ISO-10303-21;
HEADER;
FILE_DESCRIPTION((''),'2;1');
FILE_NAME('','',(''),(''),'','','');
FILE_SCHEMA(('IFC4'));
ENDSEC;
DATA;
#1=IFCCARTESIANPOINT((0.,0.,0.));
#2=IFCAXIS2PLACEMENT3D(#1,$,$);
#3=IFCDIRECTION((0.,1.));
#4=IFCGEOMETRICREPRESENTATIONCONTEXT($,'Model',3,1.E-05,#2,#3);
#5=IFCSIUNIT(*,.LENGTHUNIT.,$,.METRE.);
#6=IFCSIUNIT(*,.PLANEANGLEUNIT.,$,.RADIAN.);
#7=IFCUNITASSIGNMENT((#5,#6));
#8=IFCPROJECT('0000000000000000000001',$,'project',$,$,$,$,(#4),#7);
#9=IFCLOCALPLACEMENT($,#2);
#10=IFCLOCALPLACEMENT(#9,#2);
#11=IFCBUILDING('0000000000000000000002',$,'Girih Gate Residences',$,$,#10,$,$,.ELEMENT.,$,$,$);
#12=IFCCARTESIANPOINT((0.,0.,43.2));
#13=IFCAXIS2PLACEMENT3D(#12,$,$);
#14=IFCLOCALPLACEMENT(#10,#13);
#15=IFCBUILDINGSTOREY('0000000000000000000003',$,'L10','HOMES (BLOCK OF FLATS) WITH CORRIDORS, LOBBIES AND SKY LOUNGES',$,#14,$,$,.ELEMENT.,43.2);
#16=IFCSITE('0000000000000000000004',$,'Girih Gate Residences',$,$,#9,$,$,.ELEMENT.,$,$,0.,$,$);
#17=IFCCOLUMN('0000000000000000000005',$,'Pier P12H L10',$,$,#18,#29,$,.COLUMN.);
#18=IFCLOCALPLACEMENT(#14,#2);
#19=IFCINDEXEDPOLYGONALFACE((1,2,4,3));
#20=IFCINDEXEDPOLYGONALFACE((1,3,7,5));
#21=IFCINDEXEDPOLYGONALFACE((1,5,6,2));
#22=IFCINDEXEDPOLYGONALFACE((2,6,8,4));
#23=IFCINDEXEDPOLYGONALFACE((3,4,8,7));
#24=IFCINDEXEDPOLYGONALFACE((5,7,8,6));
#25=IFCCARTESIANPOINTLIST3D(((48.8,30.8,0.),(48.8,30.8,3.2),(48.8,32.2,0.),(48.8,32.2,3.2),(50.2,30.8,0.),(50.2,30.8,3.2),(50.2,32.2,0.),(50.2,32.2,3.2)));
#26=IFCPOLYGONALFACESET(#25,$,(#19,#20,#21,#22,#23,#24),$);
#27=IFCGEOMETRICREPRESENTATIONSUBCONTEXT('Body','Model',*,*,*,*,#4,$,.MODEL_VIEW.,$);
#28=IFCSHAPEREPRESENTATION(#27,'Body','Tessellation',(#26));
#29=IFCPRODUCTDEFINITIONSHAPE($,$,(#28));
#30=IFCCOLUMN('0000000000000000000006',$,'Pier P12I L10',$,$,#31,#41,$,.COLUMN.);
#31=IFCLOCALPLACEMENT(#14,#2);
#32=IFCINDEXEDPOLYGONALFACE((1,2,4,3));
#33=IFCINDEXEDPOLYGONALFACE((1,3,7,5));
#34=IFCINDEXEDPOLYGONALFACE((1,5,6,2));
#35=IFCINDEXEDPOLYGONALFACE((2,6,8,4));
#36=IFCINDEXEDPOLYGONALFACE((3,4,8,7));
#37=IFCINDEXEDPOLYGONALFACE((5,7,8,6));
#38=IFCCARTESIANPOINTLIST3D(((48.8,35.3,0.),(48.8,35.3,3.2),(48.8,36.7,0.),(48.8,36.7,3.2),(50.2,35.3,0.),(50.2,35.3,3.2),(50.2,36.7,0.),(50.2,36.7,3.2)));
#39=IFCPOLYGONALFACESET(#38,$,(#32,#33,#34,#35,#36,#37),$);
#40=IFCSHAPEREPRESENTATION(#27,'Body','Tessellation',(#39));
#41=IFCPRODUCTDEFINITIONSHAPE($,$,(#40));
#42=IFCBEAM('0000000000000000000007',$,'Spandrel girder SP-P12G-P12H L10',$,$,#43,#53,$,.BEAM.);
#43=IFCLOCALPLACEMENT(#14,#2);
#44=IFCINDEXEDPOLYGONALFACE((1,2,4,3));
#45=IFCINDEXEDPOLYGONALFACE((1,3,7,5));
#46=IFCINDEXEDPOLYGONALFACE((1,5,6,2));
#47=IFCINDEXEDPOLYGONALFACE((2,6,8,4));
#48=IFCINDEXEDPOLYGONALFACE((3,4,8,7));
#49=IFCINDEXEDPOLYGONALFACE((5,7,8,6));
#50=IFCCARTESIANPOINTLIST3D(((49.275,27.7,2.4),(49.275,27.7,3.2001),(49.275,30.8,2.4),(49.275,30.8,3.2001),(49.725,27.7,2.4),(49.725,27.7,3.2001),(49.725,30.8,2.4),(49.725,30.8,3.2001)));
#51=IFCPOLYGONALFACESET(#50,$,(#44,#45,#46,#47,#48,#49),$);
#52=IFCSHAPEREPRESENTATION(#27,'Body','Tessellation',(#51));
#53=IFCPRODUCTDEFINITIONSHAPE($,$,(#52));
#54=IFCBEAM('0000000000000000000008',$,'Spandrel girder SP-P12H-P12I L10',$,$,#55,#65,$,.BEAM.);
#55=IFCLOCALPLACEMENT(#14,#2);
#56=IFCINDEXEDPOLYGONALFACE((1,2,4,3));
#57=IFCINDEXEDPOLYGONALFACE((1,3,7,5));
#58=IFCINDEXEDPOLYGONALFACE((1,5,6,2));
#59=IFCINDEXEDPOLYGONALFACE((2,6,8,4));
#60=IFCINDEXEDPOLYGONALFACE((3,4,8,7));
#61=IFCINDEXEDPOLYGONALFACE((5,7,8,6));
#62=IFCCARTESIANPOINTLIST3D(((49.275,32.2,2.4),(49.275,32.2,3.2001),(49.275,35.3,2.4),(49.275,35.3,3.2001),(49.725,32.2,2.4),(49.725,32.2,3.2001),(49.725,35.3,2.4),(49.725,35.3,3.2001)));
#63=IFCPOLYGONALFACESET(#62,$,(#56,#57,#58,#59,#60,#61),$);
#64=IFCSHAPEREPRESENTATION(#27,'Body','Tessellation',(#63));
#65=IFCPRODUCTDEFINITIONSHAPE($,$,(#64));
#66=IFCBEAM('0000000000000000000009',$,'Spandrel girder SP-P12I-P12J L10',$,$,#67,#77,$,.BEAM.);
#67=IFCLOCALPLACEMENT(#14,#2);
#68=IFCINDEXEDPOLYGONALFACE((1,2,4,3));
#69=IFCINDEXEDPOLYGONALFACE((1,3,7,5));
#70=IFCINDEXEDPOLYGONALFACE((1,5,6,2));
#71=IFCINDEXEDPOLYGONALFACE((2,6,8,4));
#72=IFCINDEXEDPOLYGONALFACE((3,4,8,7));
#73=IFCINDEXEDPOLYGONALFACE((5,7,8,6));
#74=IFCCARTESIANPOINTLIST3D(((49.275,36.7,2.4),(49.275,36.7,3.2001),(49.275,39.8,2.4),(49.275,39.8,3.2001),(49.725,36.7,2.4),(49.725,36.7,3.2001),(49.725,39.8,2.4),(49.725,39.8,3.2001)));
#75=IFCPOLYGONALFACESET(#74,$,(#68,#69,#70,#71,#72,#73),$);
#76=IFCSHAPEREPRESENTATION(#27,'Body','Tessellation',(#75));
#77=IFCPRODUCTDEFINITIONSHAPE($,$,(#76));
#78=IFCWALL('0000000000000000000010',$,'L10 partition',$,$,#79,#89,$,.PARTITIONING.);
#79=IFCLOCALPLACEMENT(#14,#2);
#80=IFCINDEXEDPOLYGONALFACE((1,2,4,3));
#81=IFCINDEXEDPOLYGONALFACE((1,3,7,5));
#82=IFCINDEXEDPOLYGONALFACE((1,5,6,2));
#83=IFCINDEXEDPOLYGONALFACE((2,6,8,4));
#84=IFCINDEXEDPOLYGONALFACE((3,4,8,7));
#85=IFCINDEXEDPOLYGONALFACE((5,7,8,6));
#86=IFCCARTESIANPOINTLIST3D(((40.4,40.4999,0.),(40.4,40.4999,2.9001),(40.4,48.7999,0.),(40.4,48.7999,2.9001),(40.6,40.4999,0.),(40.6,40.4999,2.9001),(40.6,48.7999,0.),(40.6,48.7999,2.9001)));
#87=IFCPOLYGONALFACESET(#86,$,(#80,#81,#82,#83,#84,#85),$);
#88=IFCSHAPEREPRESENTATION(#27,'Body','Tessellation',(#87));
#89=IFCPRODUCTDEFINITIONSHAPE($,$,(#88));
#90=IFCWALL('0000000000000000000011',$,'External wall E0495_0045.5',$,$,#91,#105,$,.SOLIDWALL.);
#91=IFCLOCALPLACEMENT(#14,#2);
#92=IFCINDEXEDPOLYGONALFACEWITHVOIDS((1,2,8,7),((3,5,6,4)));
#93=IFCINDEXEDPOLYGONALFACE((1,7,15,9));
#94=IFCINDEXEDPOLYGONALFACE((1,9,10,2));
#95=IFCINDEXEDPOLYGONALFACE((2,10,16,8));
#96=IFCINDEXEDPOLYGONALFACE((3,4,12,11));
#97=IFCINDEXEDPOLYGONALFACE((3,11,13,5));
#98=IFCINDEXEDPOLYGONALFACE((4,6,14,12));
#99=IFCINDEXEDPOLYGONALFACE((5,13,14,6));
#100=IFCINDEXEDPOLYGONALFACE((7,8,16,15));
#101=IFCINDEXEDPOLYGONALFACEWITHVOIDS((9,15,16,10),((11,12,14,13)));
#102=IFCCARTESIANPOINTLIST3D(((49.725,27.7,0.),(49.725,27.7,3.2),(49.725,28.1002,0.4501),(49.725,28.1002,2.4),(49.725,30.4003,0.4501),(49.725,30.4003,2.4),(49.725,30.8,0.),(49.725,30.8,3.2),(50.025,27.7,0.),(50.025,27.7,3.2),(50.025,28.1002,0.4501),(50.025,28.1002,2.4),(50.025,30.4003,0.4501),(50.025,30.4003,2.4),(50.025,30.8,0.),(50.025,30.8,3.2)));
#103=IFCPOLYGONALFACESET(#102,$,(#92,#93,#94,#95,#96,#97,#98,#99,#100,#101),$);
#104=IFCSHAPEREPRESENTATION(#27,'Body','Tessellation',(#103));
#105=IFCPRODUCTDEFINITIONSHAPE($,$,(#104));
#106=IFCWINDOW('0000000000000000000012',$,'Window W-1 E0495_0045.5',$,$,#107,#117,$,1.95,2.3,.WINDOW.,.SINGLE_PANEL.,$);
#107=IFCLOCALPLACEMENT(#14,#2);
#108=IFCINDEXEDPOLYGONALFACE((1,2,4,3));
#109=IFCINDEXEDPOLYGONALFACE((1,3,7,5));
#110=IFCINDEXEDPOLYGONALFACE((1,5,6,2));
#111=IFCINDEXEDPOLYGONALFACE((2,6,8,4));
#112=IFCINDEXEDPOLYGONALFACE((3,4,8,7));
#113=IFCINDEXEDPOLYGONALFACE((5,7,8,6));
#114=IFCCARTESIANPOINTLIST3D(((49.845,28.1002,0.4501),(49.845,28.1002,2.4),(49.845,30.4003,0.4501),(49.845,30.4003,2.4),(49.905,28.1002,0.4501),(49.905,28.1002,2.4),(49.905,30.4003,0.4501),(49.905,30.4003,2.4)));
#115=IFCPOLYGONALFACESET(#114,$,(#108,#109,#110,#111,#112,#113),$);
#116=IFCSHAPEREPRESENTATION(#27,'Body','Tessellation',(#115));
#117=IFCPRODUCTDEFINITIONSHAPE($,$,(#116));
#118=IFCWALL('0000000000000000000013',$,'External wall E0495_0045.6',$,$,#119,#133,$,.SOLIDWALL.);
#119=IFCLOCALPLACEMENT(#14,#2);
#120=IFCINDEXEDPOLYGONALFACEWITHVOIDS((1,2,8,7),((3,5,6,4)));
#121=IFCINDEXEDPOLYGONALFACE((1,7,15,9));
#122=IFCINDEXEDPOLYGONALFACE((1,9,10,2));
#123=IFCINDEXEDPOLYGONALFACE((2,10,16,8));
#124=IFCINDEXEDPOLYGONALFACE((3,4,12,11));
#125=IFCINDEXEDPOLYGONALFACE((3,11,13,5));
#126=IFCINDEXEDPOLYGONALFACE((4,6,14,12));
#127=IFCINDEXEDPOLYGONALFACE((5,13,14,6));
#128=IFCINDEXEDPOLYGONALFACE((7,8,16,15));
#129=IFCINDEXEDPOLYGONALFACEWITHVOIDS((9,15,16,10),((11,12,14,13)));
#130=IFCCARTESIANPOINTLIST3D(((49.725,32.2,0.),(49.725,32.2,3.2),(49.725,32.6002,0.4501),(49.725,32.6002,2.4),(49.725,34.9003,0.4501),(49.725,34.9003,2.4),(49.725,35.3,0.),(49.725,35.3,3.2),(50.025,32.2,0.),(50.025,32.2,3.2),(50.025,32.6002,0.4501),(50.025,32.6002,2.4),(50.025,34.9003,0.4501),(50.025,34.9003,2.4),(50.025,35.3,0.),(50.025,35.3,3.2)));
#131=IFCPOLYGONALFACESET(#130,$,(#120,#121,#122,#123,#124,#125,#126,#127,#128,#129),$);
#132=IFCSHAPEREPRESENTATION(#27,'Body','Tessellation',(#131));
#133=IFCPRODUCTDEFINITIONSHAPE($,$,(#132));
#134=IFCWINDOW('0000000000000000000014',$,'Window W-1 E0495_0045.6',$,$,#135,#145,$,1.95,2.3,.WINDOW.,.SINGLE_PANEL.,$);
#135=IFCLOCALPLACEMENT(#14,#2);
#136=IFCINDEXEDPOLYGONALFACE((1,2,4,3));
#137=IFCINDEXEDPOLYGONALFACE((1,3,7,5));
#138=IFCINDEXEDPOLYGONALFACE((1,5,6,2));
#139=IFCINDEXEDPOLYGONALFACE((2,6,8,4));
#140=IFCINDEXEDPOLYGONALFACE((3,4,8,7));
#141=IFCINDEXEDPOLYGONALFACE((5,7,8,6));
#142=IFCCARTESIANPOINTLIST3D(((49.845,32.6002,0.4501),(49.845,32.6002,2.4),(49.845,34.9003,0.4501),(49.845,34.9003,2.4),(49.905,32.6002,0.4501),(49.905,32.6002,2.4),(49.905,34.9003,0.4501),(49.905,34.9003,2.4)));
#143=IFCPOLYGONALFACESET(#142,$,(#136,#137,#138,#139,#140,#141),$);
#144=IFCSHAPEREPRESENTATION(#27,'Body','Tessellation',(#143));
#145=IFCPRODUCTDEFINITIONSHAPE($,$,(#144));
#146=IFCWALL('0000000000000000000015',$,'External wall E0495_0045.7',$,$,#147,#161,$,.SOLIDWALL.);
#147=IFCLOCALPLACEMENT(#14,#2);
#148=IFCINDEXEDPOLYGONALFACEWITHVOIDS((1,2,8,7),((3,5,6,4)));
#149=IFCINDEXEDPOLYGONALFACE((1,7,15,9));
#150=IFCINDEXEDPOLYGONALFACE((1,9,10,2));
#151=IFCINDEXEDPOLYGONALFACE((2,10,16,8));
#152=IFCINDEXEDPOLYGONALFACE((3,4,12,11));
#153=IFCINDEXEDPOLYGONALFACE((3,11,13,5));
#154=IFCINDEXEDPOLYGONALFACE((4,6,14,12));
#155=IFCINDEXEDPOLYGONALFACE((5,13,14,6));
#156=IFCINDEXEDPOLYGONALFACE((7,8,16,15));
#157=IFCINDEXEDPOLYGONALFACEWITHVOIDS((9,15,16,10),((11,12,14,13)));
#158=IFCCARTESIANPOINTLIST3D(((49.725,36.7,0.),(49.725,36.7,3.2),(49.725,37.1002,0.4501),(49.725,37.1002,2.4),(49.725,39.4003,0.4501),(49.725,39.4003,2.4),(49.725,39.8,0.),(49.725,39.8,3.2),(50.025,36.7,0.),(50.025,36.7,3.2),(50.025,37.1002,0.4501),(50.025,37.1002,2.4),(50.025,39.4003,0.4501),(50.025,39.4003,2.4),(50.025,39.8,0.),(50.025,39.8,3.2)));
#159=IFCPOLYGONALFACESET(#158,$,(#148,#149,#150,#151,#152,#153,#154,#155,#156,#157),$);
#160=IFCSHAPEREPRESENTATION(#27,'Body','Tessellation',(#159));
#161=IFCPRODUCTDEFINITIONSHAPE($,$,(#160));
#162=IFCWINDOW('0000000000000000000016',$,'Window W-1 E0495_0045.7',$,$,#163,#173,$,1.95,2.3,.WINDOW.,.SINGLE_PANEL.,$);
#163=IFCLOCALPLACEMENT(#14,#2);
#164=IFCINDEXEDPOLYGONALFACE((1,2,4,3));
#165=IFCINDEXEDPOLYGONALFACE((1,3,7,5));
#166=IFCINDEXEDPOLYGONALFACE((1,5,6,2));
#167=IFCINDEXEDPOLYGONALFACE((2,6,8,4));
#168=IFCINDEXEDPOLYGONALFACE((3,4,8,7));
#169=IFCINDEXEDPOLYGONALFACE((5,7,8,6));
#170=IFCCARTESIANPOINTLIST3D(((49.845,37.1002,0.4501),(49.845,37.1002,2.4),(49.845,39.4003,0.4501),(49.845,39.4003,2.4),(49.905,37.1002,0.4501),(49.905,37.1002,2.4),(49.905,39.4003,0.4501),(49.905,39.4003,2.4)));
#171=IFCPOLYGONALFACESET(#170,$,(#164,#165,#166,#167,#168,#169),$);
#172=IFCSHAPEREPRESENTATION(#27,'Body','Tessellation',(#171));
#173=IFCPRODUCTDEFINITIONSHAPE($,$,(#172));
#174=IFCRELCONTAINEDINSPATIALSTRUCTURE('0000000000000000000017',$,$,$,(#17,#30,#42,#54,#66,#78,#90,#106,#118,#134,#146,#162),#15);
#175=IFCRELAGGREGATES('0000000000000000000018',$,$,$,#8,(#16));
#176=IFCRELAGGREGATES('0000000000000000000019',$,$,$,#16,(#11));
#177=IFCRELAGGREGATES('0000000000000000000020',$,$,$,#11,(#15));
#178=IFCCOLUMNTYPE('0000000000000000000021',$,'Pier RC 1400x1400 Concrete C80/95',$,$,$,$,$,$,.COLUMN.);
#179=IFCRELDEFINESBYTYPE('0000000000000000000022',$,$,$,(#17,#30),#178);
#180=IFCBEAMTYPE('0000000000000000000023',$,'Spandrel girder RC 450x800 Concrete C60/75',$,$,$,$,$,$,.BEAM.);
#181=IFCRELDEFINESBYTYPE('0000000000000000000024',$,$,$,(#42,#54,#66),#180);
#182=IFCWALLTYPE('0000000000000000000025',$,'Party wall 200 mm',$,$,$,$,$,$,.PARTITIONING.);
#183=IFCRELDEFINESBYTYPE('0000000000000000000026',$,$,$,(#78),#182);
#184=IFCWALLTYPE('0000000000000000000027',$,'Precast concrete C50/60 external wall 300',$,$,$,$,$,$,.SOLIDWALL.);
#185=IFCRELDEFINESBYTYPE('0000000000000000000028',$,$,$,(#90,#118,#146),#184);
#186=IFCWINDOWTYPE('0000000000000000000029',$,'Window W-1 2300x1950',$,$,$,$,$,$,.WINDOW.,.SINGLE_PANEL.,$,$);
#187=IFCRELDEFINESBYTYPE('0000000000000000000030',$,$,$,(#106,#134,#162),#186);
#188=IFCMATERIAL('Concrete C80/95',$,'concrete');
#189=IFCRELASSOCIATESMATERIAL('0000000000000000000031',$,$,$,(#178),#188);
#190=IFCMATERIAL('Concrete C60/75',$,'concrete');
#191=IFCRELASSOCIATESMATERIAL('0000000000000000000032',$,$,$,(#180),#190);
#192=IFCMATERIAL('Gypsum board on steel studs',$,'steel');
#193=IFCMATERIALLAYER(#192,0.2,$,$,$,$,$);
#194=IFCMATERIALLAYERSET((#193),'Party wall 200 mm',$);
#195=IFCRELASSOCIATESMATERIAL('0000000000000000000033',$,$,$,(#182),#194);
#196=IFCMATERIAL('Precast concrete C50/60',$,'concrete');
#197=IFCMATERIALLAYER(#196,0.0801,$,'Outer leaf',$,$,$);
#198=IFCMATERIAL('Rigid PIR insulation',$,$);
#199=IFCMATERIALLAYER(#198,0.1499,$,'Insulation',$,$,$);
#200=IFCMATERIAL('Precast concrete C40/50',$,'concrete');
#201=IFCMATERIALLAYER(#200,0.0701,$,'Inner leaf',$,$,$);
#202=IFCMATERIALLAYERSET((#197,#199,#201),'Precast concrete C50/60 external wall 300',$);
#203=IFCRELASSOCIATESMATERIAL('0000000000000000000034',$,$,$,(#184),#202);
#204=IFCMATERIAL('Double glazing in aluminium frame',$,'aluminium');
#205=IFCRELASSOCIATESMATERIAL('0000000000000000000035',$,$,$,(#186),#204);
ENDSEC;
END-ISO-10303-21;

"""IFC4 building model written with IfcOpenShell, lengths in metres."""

from ifc_helpers import new_model, si_unit, direction, frame, frame_2d, origin, origin_2d, place, context, subcontext, project, spatial, rectangle, extrude, material, layer, layer_set, material_profile, profile_set, type_object, element, fill, save


model = new_model("IFC4")

# Units and contexts
model_context = context("Model", 3, precision=1e-05, world=origin(), true_north=direction((0.0, 1.0)))
body_context = subcontext(model_context, "Body", "Model", "MODEL_VIEW")
ifc_project = project(units=[si_unit("LENGTHUNIT", "METRE"), si_unit("PLANEANGLEUNIT", "RADIAN")], contexts=[model_context])

# Site, building, storey
site_placement = place(None, origin())
site = spatial("IfcSite", under=ifc_project, at=site_placement, Name="Girih Gate Residences", CompositionType="ELEMENT", RefElevation=0.0)
building_placement = place(site_placement, origin())
building = spatial("IfcBuilding", under=site, at=building_placement, Name="Girih Gate Residences", CompositionType="ELEMENT")
storey_placement = place(building_placement, frame((0.0, 0.0, 43.2)))
storey = spatial("IfcBuildingStorey", under=building, at=storey_placement, Name="L10", Description="HOMES (BLOCK OF FLATS) WITH CORRIDORS, LOBBIES AND SKY LOUNGES", CompositionType="ELEMENT", Elevation=43.2)

# Columns
ifc_material_1 = material(Name="Concrete C80/95", Category="concrete")
ifc_material_profile_1 = material_profile(ifc_material_1, rectangle(XDim=1.3999, YDim=1.3999, at=origin_2d()))
ifc_profile_set_1 = profile_set([ifc_material_profile_1], Name="Concrete C80/95")
column_type = type_object("IfcColumnType", Name="Pier RC 1400x1400 Concrete C80/95", PredefinedType="COLUMN", material=ifc_profile_set_1)
for number, where, z_axis, x_axis, name in (
    (1, (49.5, 31.5, 0.0), (0.0, 0.0, 1.0), (1.0, 0.0, 0.0), "Pier P12H L10"),
    (2, (49.5, 36.0, 0.0), (0.0, 0.0, 1.0), (1.0, 0.0, 0.0), "Pier P12I L10"),
):
    element("IfcColumn", number, at=place(storey_placement, frame(where, z_axis=z_axis, x_axis=x_axis)), inside=storey, type_object=column_type, Name=name, PredefinedType="COLUMN", context=body_context, shape_type="SweptSolid", body=[
        extrude(rectangle(XDim=1.3999, YDim=1.3999, at=origin_2d()), origin(), (0.0, 0.0, 1.0), 3.2),
    ])

# Beams
ifc_material_2 = material(Name="Concrete C60/75", Category="concrete")
ifc_material_profile_2 = material_profile(ifc_material_2, rectangle(XDim=0.45, YDim=0.8, at=origin_2d()))
ifc_profile_set_2 = profile_set([ifc_material_profile_2], Name="Concrete C60/75")
beam_type = type_object("IfcBeamType", Name="Spandrel girder RC 450x800 Concrete C60/75", PredefinedType="BEAM", material=ifc_profile_set_2)
for number, where, z_axis, x_axis, name in (
    (3, (49.5, 27.7, 2.8), (0.0, 1.0, 0.0), (-1.0, 0.0, 0.0), "Spandrel girder SP-P12G-P12H L10"),
    (4, (49.5, 32.2, 2.8), (0.0, 1.0, 0.0), (-1.0, 0.0, 0.0), "Spandrel girder SP-P12H-P12I L10"),
    (5, (49.5, 36.7, 2.8), (0.0, 1.0, 0.0), (-1.0, 0.0, 0.0), "Spandrel girder SP-P12I-P12J L10"),
):
    element("IfcBeam", number, at=place(storey_placement, frame(where, z_axis=z_axis, x_axis=x_axis)), inside=storey, type_object=beam_type, Name=name, PredefinedType="BEAM", context=body_context, shape_type="SweptSolid", body=[
        extrude(rectangle(XDim=0.45, YDim=0.8, at=origin_2d()), origin(), (0.0, 0.0, 1.0), 3.1001),
    ])

# Wall
ifc_material_3 = material(Name="Gypsum board on steel studs", Category="steel")
ifc_layer_1 = layer(ifc_material_3, 0.2)
ifc_layer_set_1 = layer_set([ifc_layer_1], Name="Party wall 200 mm")
wall_type_1 = type_object("IfcWallType", Name="Party wall 200 mm", PredefinedType="PARTITIONING", material=ifc_layer_set_1)
wall_1_placement = place(storey_placement, frame((40.5, 40.5, 0.0), z_axis=(0.0, 0.0, 1.0), x_axis=(0.0, 1.0, 0.0)))
element("IfcWall", 6, at=wall_1_placement, inside=storey, type_object=wall_type_1, Name="L10 partition", PredefinedType="PARTITIONING", context=body_context, shape_type="SweptSolid", body=[
    extrude(rectangle(XDim=8.3, YDim=0.2, at=frame_2d((4.1499, 0.0))), origin(), (0.0, 0.0, 1.0), 2.9001),
])

# Walls, openings, windows
ifc_material_4 = material(Name="Precast concrete C50/60", Category="concrete")
ifc_layer_2 = layer(ifc_material_4, 0.0801, Name="Outer leaf")
ifc_material_5 = material(Name="Rigid PIR insulation")
ifc_layer_3 = layer(ifc_material_5, 0.1499, Name="Insulation")
ifc_material_6 = material(Name="Precast concrete C40/50", Category="concrete")
ifc_layer_4 = layer(ifc_material_6, 0.0701, Name="Inner leaf")
ifc_layer_set_2 = layer_set([ifc_layer_2, ifc_layer_3, ifc_layer_4], Name="Precast concrete C50/60 external wall 300")
wall_type_2 = type_object("IfcWallType", Name="Precast concrete C50/60 external wall 300", PredefinedType="SOLIDWALL", material=ifc_layer_set_2)
wall_2_placement = place(storey_placement, frame((49.875, 30.8, 0.0), z_axis=(0.0, 0.0, 1.0), x_axis=(0.0, -1.0, 0.0)))
wall_2 = element("IfcWall", 7, at=wall_2_placement, inside=storey, type_object=wall_type_2, Name="External wall E0495_0045.5", PredefinedType="SOLIDWALL", context=body_context, shape_type="SweptSolid", body=[
    extrude(rectangle(XDim=3.1001, YDim=0.3, at=frame_2d((1.55, 0.0))), origin(), (0.0, 0.0, 1.0), 3.2),
])
opening_1_placement = place(wall_2_placement, frame((0.3999, 0.0, 0.45)))
opening_1 = element("IfcOpeningElement", 8, at=opening_1_placement, cuts=wall_2, PredefinedType="OPENING", context=body_context, shape_type="SweptSolid", body=[
    extrude(rectangle(XDim=2.3, YDim=1.95, at=frame_2d((1.1499, 0.9751))), frame((0.0, 0.1599, 0.0), z_axis=(0.0, -1.0, 0.0), x_axis=(1.0, 0.0, 0.0)), (0.0, 0.0, 1.0), 0.3201),
])
ifc_material_7 = material(Name="Double glazing in aluminium frame", Category="aluminium")
window_type = type_object("IfcWindowType", Name="Window W-1 2300x1950", PartitioningType="SINGLE_PANEL", PredefinedType="WINDOW", material=ifc_material_7)
window_1_placement = place(opening_1_placement, origin())
window_1 = element("IfcWindow", 9, at=window_1_placement, inside=storey, type_object=window_type, Name="Window W-1 E0495_0045.5", OverallHeight=1.95, OverallWidth=2.3, PartitioningType="SINGLE_PANEL", PredefinedType="WINDOW", context=body_context, shape_type="SweptSolid", body=[
    extrude(rectangle(XDim=2.3, YDim=1.95, at=frame_2d((1.1499, 0.9751))), frame((0.0, 0.03, 0.0), z_axis=(0.0, -1.0, 0.0), x_axis=(1.0, 0.0, 0.0)), (0.0, 0.0, 1.0), 0.0601),
])
fill(opening_1, window_1)
wall_3_placement = place(storey_placement, frame((49.875, 35.3, 0.0), z_axis=(0.0, 0.0, 1.0), x_axis=(0.0, -1.0, 0.0)))
wall_3 = element("IfcWall", 10, at=wall_3_placement, inside=storey, type_object=wall_type_2, Name="External wall E0495_0045.6", PredefinedType="SOLIDWALL", context=body_context, shape_type="SweptSolid", body=[
    extrude(rectangle(XDim=3.1001, YDim=0.3, at=frame_2d((1.55, 0.0))), origin(), (0.0, 0.0, 1.0), 3.2),
])
opening_2_placement = place(wall_3_placement, frame((0.3999, 0.0, 0.45)))
opening_2 = element("IfcOpeningElement", 11, at=opening_2_placement, cuts=wall_3, PredefinedType="OPENING", context=body_context, shape_type="SweptSolid", body=[
    extrude(rectangle(XDim=2.3, YDim=1.95, at=frame_2d((1.1499, 0.9751))), frame((0.0, 0.1599, 0.0), z_axis=(0.0, -1.0, 0.0), x_axis=(1.0, 0.0, 0.0)), (0.0, 0.0, 1.0), 0.3201),
])
window_2_placement = place(opening_2_placement, origin())
window_2 = element("IfcWindow", 12, at=window_2_placement, inside=storey, type_object=window_type, Name="Window W-1 E0495_0045.6", OverallHeight=1.95, OverallWidth=2.3, PartitioningType="SINGLE_PANEL", PredefinedType="WINDOW", context=body_context, shape_type="SweptSolid", body=[
    extrude(rectangle(XDim=2.3, YDim=1.95, at=frame_2d((1.1499, 0.9751))), frame((0.0, 0.03, 0.0), z_axis=(0.0, -1.0, 0.0), x_axis=(1.0, 0.0, 0.0)), (0.0, 0.0, 1.0), 0.0601),
])
fill(opening_2, window_2)
wall_4_placement = place(storey_placement, frame((49.875, 39.8, 0.0), z_axis=(0.0, 0.0, 1.0), x_axis=(0.0, -1.0, 0.0)))
wall_4 = element("IfcWall", 13, at=wall_4_placement, inside=storey, type_object=wall_type_2, Name="External wall E0495_0045.7", PredefinedType="SOLIDWALL", context=body_context, shape_type="SweptSolid", body=[
    extrude(rectangle(XDim=3.1001, YDim=0.3, at=frame_2d((1.55, 0.0))), origin(), (0.0, 0.0, 1.0), 3.2),
])
opening_3_placement = place(wall_4_placement, frame((0.3999, 0.0, 0.45)))
opening_3 = element("IfcOpeningElement", 14, at=opening_3_placement, cuts=wall_4, PredefinedType="OPENING", context=body_context, shape_type="SweptSolid", body=[
    extrude(rectangle(XDim=2.3, YDim=1.95, at=frame_2d((1.1499, 0.9751))), frame((0.0, 0.1599, 0.0), z_axis=(0.0, -1.0, 0.0), x_axis=(1.0, 0.0, 0.0)), (0.0, 0.0, 1.0), 0.3201),
])
window_3_placement = place(opening_3_placement, origin())
window_3 = element("IfcWindow", 15, at=window_3_placement, inside=storey, type_object=window_type, Name="Window W-1 E0495_0045.7", OverallHeight=1.95, OverallWidth=2.3, PartitioningType="SINGLE_PANEL", PredefinedType="WINDOW", context=body_context, shape_type="SweptSolid", body=[
    extrude(rectangle(XDim=2.3, YDim=1.95, at=frame_2d((1.1499, 0.9751))), frame((0.0, 0.03, 0.0), z_axis=(0.0, -1.0, 0.0), x_axis=(1.0, 0.0, 0.0)), (0.0, 0.0, 1.0), 0.0601),
])
fill(opening_3, window_3)

save(model, "model.ifc")
